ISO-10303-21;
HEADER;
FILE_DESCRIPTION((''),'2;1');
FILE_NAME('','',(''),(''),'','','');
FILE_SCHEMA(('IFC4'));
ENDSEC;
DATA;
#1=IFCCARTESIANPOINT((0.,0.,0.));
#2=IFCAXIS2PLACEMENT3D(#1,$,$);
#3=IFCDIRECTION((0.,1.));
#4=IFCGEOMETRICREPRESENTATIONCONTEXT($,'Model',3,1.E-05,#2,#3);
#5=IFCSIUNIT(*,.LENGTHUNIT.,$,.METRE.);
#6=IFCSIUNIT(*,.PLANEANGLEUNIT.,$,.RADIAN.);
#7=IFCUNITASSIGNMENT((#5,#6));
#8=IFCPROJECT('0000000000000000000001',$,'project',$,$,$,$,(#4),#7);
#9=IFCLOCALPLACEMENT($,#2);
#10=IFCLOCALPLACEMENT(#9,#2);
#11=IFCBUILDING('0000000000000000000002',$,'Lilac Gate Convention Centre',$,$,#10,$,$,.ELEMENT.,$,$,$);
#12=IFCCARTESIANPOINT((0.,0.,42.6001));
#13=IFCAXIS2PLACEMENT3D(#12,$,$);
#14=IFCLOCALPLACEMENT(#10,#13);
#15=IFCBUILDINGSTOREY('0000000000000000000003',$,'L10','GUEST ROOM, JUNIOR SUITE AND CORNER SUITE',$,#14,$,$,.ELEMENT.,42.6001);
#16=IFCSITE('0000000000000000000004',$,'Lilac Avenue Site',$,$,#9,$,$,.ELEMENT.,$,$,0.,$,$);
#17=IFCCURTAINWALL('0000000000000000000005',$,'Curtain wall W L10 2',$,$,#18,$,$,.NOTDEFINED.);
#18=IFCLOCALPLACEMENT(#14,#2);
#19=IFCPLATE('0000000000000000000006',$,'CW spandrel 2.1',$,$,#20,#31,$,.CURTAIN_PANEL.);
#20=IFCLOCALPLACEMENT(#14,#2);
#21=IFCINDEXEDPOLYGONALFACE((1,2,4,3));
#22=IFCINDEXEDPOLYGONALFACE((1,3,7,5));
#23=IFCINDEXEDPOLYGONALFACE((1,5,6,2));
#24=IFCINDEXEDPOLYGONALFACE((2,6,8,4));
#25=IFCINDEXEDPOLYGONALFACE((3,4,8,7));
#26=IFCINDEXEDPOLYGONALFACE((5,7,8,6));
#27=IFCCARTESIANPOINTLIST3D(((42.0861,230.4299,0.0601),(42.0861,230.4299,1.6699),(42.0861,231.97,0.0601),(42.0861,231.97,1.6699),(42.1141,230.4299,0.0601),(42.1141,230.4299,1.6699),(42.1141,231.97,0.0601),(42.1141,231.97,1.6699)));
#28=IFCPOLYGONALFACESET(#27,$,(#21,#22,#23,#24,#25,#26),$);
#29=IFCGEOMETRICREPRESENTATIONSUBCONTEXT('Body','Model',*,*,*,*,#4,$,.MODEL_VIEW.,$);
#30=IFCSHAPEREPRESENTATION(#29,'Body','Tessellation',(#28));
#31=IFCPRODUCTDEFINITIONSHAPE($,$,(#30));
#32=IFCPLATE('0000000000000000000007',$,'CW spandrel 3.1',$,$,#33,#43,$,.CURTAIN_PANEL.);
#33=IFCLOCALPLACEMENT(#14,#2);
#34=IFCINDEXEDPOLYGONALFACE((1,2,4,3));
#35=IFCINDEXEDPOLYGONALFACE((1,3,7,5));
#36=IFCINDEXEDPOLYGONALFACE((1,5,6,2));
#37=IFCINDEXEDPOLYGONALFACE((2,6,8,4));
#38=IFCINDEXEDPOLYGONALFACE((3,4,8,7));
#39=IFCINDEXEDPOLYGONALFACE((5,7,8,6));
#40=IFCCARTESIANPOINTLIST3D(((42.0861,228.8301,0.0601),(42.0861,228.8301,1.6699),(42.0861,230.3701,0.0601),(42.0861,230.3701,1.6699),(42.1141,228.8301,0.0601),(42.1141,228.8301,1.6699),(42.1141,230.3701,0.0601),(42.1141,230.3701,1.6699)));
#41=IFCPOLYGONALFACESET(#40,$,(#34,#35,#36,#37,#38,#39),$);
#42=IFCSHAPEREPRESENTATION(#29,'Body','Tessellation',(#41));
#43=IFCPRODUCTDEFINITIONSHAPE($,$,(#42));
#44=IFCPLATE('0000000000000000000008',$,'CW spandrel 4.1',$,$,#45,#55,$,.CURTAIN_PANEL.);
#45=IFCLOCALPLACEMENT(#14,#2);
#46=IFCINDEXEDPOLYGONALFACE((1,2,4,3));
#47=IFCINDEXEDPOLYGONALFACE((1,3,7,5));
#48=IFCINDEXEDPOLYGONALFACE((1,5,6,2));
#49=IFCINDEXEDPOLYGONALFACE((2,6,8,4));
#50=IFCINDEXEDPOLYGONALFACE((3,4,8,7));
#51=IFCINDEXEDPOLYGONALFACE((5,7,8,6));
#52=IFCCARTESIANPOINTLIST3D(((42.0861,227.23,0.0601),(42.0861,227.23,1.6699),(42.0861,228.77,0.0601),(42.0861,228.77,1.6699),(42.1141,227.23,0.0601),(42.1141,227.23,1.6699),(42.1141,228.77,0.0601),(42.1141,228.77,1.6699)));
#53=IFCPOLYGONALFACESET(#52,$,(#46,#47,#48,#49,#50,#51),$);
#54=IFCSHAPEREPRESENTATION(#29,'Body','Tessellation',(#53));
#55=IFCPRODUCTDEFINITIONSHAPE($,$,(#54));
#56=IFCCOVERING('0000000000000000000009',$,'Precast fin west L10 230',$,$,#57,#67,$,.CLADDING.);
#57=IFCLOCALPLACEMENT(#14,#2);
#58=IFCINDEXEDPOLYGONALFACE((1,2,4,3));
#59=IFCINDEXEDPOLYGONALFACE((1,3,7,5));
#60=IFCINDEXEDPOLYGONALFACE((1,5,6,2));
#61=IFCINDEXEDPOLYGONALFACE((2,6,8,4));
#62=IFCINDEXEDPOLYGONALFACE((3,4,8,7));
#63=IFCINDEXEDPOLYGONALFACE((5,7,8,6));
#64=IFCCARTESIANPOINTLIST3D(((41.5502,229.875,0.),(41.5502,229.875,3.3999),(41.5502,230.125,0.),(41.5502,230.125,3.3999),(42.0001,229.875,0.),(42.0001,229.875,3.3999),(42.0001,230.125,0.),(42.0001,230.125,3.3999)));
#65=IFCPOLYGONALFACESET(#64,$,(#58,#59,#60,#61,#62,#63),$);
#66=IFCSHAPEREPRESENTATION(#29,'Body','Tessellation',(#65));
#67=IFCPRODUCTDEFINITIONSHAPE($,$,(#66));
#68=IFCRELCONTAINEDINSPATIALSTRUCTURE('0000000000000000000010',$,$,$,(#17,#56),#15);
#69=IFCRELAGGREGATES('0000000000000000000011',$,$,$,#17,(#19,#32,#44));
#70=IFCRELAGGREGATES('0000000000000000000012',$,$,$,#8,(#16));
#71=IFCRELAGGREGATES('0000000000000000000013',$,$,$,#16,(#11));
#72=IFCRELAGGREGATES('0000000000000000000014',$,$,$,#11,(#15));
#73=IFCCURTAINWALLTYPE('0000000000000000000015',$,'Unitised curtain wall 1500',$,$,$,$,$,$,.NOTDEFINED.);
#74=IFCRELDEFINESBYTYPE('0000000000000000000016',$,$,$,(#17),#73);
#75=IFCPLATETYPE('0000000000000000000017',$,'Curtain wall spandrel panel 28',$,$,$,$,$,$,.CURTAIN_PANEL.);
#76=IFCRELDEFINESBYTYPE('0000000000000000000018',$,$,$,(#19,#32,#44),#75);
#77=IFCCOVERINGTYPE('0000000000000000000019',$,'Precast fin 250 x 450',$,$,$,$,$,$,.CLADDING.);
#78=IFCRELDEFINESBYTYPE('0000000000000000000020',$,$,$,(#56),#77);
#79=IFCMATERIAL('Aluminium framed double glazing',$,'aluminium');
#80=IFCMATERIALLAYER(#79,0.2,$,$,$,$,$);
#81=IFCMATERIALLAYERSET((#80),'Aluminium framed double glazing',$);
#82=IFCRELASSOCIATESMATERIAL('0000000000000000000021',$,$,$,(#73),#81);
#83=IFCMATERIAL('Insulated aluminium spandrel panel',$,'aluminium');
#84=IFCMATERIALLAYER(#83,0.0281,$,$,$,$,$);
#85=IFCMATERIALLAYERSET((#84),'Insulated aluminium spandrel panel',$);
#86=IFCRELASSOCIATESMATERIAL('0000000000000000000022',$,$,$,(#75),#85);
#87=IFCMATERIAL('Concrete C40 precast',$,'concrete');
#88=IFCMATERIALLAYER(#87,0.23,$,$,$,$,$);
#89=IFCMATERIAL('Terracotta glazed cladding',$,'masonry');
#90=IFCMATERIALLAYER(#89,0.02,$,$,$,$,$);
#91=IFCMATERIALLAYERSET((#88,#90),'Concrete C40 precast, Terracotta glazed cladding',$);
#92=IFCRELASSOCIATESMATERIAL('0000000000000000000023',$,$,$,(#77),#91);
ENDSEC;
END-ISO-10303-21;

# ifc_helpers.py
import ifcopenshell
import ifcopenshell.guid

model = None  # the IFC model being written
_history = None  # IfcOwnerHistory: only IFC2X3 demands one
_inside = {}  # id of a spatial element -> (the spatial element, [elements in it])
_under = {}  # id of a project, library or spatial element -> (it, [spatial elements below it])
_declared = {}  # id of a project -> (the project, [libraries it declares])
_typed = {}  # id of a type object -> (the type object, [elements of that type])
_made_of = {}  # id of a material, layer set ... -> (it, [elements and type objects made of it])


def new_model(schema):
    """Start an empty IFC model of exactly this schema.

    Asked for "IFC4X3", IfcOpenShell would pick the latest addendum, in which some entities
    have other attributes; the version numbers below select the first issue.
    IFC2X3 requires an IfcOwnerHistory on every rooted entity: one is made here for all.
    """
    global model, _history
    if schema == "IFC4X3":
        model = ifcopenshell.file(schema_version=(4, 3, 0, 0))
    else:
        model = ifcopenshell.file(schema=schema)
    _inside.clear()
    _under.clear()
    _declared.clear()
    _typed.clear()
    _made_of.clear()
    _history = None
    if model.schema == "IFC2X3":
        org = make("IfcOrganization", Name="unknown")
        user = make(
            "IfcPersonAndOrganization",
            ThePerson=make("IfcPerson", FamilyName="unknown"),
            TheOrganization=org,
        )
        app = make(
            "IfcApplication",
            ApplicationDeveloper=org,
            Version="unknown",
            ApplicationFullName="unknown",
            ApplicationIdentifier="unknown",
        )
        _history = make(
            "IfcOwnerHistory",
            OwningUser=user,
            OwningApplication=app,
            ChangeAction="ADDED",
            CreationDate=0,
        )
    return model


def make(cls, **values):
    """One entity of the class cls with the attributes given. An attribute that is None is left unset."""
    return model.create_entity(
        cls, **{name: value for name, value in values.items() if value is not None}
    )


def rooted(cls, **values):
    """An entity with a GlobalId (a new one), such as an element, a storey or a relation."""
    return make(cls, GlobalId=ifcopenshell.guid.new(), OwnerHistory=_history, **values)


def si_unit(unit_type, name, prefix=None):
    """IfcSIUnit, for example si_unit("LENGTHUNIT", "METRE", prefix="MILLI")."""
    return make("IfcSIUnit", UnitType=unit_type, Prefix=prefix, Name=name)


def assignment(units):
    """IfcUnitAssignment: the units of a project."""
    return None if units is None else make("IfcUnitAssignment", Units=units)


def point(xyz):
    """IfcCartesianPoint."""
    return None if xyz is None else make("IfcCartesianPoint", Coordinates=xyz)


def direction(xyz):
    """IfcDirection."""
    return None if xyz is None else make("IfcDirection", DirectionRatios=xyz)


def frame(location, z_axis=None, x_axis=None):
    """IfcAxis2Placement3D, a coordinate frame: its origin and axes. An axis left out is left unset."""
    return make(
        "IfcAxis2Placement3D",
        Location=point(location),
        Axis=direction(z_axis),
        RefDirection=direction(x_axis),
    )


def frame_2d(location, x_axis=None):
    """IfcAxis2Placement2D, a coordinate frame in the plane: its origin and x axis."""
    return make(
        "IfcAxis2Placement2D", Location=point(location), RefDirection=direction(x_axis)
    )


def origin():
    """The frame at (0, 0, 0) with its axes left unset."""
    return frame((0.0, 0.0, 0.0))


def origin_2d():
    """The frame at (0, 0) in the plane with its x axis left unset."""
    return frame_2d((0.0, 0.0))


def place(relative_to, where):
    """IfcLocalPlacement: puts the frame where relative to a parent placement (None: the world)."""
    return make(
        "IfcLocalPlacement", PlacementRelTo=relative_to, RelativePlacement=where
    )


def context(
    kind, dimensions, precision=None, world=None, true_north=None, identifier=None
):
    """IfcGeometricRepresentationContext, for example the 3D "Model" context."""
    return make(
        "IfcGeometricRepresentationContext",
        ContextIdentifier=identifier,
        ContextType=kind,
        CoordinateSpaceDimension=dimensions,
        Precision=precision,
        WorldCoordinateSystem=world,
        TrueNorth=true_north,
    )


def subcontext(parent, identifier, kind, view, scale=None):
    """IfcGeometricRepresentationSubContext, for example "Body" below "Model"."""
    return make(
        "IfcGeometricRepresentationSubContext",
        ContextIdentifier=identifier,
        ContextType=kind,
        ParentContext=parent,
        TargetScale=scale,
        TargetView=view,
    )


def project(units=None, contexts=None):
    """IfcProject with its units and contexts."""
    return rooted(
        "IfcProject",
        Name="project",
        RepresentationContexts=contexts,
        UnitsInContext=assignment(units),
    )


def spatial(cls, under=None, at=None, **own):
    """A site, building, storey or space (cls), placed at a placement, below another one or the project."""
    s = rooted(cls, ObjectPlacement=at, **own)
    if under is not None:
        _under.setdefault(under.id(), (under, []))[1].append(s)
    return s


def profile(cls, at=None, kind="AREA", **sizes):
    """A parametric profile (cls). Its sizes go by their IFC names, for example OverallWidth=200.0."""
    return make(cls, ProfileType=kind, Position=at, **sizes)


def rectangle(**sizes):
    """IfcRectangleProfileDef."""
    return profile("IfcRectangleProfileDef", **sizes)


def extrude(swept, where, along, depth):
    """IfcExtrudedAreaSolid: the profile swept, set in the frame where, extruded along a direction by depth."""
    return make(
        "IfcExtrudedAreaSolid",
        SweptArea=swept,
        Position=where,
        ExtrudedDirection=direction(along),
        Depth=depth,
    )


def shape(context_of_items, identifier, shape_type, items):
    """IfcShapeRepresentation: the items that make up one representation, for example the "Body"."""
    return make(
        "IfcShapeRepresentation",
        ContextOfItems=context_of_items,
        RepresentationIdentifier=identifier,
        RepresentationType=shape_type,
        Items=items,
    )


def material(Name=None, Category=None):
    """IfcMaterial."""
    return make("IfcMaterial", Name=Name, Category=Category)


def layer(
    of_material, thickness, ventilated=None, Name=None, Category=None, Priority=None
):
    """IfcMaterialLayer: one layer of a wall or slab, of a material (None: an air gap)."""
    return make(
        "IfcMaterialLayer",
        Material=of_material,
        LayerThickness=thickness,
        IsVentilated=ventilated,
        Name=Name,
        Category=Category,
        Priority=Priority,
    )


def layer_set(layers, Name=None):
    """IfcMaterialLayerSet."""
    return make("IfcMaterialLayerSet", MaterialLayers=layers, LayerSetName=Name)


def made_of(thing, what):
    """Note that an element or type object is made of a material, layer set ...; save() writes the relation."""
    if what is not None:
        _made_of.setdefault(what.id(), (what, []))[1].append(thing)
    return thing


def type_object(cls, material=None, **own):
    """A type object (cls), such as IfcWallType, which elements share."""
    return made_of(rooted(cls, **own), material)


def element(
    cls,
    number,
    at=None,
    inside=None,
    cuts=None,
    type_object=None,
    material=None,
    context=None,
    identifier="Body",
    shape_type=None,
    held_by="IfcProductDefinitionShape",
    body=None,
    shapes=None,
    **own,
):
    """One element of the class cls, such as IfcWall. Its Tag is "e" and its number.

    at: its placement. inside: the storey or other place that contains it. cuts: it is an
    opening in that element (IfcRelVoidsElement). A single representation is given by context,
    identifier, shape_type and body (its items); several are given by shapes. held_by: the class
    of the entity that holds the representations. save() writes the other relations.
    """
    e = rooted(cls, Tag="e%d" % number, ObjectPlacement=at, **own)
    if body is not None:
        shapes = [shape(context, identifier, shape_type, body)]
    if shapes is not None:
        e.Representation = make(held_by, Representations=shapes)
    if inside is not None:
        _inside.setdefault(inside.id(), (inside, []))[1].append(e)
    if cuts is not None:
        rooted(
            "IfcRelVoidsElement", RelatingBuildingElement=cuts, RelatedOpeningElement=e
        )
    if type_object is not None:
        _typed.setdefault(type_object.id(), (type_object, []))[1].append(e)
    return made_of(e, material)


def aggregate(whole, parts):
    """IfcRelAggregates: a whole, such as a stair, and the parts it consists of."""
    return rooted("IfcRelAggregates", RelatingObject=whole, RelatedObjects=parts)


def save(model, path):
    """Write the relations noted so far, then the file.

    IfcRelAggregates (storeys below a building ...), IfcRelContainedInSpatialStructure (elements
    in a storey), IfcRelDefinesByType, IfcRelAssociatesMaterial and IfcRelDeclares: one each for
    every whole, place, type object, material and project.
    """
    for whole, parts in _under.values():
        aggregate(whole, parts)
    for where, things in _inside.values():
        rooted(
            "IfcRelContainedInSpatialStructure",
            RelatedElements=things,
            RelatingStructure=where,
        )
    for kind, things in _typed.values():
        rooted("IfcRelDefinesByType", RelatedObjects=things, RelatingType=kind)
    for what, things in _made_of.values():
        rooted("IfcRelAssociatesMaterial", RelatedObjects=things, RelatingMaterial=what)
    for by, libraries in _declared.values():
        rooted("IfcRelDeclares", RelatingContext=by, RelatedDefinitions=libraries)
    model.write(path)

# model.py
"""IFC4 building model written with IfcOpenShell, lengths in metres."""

from ifc_helpers import new_model, si_unit, direction, frame, frame_2d, origin, origin_2d, place, context, subcontext, project, spatial, rectangle, extrude, material, layer, layer_set, type_object, element, aggregate, save


model = new_model("IFC4")

# Units and contexts
model_context = context("Model", 3, precision=1e-05, world=origin(), true_north=direction((0.0, 1.0)))
body_context = subcontext(model_context, "Body", "Model", "MODEL_VIEW")
ifc_project = project(units=[si_unit("LENGTHUNIT", "METRE"), si_unit("PLANEANGLEUNIT", "RADIAN")], contexts=[model_context])

# Site, building, storey
site_placement = place(None, origin())
site = spatial("IfcSite", under=ifc_project, at=site_placement, Name="Lilac Avenue Site", CompositionType="ELEMENT", RefElevation=0.0)
building_placement = place(site_placement, origin())
building = spatial("IfcBuilding", under=site, at=building_placement, Name="Lilac Gate Convention Centre", CompositionType="ELEMENT")
storey_placement = place(building_placement, frame((0.0, 0.0, 42.6001)))
storey = spatial("IfcBuildingStorey", under=building, at=storey_placement, Name="L10", Description="GUEST ROOM, JUNIOR SUITE AND CORNER SUITE", CompositionType="ELEMENT", Elevation=42.6001)

# Curtain wall, plates
ifc_material_1 = material(Name="Aluminium framed double glazing", Category="aluminium")
ifc_layer_1 = layer(ifc_material_1, 0.2)
ifc_layer_set_1 = layer_set([ifc_layer_1], Name="Aluminium framed double glazing")
curtain_wall_type = type_object("IfcCurtainWallType", Name="Unitised curtain wall 1500", PredefinedType="NOTDEFINED", material=ifc_layer_set_1)
curtain_wall_placement = place(storey_placement, origin())
curtain_wall = element("IfcCurtainWall", 1, at=curtain_wall_placement, inside=storey, type_object=curtain_wall_type, Name="Curtain wall W L10 2", PredefinedType="NOTDEFINED")
ifc_material_2 = material(Name="Insulated aluminium spandrel panel", Category="aluminium")
ifc_layer_2 = layer(ifc_material_2, 0.0281)
ifc_layer_set_2 = layer_set([ifc_layer_2], Name="Insulated aluminium spandrel panel")
plate_type_1 = type_object("IfcPlateType", Name="Curtain wall spandrel panel 28", PredefinedType="CURTAIN_PANEL", material=ifc_layer_set_2)
plate_1_placement = place(storey_placement, frame((42.1001, 231.2, 0.0601), z_axis=(0.0, 0.0, 1.0), x_axis=(0.0, -1.0, 0.0)))
plate_1 = element("IfcPlate", 2, at=plate_1_placement, type_object=plate_type_1, Name="CW spandrel 2.1", PredefinedType="CURTAIN_PANEL", context=body_context, shape_type="SweptSolid", body=[
    extrude(rectangle(XDim=1.54, YDim=0.0281, at=origin_2d()), origin(), (0.0, 0.0, 1.0), 1.6099),
])
plate_2_placement = place(storey_placement, frame((42.1001, 229.6001, 0.0601), z_axis=(0.0, 0.0, 1.0), x_axis=(0.0, -1.0, 0.0)))
plate_2 = element("IfcPlate", 3, at=plate_2_placement, type_object=plate_type_1, Name="CW spandrel 3.1", PredefinedType="CURTAIN_PANEL", context=body_context, shape_type="SweptSolid", body=[
    extrude(rectangle(XDim=1.54, YDim=0.0281, at=origin_2d()), origin(), (0.0, 0.0, 1.0), 1.6099),
])
plate_3_placement = place(storey_placement, frame((42.1001, 228.0, 0.0601), z_axis=(0.0, 0.0, 1.0), x_axis=(0.0, -1.0, 0.0)))
plate_3 = element("IfcPlate", 4, at=plate_3_placement, type_object=plate_type_1, Name="CW spandrel 4.1", PredefinedType="CURTAIN_PANEL", context=body_context, shape_type="SweptSolid", body=[
    extrude(rectangle(XDim=1.54, YDim=0.0281, at=origin_2d()), origin(), (0.0, 0.0, 1.0), 1.6099),
])
aggregate(curtain_wall, [plate_1, plate_2, plate_3])

# Covering
ifc_material_3 = material(Name="Concrete C40 precast", Category="concrete")
ifc_layer_3 = layer(ifc_material_3, 0.23)
ifc_material_4 = material(Name="Terracotta glazed cladding", Category="masonry")
ifc_layer_4 = layer(ifc_material_4, 0.02)
ifc_layer_set_3 = layer_set([ifc_layer_3, ifc_layer_4], Name="Concrete C40 precast, Terracotta glazed cladding")
covering_type = type_object("IfcCoveringType", Name="Precast fin 250 x 450", PredefinedType="CLADDING", material=ifc_layer_set_3)
covering_placement = place(storey_placement, frame((41.55, 230.0, 0.0), z_axis=(0.0, 0.0, 1.0), x_axis=(1.0, 0.0, 0.0)))
element("IfcCovering", 5, at=covering_placement, inside=storey, type_object=covering_type, Name="Precast fin west L10 230", PredefinedType="CLADDING", context=body_context, shape_type="SweptSolid", body=[
    extrude(rectangle(XDim=0.45, YDim=0.25, at=frame_2d((0.2251, 0.0))), origin(), (0.0, 0.0, 1.0), 3.3999),
])

save(model, "model.ifc")
